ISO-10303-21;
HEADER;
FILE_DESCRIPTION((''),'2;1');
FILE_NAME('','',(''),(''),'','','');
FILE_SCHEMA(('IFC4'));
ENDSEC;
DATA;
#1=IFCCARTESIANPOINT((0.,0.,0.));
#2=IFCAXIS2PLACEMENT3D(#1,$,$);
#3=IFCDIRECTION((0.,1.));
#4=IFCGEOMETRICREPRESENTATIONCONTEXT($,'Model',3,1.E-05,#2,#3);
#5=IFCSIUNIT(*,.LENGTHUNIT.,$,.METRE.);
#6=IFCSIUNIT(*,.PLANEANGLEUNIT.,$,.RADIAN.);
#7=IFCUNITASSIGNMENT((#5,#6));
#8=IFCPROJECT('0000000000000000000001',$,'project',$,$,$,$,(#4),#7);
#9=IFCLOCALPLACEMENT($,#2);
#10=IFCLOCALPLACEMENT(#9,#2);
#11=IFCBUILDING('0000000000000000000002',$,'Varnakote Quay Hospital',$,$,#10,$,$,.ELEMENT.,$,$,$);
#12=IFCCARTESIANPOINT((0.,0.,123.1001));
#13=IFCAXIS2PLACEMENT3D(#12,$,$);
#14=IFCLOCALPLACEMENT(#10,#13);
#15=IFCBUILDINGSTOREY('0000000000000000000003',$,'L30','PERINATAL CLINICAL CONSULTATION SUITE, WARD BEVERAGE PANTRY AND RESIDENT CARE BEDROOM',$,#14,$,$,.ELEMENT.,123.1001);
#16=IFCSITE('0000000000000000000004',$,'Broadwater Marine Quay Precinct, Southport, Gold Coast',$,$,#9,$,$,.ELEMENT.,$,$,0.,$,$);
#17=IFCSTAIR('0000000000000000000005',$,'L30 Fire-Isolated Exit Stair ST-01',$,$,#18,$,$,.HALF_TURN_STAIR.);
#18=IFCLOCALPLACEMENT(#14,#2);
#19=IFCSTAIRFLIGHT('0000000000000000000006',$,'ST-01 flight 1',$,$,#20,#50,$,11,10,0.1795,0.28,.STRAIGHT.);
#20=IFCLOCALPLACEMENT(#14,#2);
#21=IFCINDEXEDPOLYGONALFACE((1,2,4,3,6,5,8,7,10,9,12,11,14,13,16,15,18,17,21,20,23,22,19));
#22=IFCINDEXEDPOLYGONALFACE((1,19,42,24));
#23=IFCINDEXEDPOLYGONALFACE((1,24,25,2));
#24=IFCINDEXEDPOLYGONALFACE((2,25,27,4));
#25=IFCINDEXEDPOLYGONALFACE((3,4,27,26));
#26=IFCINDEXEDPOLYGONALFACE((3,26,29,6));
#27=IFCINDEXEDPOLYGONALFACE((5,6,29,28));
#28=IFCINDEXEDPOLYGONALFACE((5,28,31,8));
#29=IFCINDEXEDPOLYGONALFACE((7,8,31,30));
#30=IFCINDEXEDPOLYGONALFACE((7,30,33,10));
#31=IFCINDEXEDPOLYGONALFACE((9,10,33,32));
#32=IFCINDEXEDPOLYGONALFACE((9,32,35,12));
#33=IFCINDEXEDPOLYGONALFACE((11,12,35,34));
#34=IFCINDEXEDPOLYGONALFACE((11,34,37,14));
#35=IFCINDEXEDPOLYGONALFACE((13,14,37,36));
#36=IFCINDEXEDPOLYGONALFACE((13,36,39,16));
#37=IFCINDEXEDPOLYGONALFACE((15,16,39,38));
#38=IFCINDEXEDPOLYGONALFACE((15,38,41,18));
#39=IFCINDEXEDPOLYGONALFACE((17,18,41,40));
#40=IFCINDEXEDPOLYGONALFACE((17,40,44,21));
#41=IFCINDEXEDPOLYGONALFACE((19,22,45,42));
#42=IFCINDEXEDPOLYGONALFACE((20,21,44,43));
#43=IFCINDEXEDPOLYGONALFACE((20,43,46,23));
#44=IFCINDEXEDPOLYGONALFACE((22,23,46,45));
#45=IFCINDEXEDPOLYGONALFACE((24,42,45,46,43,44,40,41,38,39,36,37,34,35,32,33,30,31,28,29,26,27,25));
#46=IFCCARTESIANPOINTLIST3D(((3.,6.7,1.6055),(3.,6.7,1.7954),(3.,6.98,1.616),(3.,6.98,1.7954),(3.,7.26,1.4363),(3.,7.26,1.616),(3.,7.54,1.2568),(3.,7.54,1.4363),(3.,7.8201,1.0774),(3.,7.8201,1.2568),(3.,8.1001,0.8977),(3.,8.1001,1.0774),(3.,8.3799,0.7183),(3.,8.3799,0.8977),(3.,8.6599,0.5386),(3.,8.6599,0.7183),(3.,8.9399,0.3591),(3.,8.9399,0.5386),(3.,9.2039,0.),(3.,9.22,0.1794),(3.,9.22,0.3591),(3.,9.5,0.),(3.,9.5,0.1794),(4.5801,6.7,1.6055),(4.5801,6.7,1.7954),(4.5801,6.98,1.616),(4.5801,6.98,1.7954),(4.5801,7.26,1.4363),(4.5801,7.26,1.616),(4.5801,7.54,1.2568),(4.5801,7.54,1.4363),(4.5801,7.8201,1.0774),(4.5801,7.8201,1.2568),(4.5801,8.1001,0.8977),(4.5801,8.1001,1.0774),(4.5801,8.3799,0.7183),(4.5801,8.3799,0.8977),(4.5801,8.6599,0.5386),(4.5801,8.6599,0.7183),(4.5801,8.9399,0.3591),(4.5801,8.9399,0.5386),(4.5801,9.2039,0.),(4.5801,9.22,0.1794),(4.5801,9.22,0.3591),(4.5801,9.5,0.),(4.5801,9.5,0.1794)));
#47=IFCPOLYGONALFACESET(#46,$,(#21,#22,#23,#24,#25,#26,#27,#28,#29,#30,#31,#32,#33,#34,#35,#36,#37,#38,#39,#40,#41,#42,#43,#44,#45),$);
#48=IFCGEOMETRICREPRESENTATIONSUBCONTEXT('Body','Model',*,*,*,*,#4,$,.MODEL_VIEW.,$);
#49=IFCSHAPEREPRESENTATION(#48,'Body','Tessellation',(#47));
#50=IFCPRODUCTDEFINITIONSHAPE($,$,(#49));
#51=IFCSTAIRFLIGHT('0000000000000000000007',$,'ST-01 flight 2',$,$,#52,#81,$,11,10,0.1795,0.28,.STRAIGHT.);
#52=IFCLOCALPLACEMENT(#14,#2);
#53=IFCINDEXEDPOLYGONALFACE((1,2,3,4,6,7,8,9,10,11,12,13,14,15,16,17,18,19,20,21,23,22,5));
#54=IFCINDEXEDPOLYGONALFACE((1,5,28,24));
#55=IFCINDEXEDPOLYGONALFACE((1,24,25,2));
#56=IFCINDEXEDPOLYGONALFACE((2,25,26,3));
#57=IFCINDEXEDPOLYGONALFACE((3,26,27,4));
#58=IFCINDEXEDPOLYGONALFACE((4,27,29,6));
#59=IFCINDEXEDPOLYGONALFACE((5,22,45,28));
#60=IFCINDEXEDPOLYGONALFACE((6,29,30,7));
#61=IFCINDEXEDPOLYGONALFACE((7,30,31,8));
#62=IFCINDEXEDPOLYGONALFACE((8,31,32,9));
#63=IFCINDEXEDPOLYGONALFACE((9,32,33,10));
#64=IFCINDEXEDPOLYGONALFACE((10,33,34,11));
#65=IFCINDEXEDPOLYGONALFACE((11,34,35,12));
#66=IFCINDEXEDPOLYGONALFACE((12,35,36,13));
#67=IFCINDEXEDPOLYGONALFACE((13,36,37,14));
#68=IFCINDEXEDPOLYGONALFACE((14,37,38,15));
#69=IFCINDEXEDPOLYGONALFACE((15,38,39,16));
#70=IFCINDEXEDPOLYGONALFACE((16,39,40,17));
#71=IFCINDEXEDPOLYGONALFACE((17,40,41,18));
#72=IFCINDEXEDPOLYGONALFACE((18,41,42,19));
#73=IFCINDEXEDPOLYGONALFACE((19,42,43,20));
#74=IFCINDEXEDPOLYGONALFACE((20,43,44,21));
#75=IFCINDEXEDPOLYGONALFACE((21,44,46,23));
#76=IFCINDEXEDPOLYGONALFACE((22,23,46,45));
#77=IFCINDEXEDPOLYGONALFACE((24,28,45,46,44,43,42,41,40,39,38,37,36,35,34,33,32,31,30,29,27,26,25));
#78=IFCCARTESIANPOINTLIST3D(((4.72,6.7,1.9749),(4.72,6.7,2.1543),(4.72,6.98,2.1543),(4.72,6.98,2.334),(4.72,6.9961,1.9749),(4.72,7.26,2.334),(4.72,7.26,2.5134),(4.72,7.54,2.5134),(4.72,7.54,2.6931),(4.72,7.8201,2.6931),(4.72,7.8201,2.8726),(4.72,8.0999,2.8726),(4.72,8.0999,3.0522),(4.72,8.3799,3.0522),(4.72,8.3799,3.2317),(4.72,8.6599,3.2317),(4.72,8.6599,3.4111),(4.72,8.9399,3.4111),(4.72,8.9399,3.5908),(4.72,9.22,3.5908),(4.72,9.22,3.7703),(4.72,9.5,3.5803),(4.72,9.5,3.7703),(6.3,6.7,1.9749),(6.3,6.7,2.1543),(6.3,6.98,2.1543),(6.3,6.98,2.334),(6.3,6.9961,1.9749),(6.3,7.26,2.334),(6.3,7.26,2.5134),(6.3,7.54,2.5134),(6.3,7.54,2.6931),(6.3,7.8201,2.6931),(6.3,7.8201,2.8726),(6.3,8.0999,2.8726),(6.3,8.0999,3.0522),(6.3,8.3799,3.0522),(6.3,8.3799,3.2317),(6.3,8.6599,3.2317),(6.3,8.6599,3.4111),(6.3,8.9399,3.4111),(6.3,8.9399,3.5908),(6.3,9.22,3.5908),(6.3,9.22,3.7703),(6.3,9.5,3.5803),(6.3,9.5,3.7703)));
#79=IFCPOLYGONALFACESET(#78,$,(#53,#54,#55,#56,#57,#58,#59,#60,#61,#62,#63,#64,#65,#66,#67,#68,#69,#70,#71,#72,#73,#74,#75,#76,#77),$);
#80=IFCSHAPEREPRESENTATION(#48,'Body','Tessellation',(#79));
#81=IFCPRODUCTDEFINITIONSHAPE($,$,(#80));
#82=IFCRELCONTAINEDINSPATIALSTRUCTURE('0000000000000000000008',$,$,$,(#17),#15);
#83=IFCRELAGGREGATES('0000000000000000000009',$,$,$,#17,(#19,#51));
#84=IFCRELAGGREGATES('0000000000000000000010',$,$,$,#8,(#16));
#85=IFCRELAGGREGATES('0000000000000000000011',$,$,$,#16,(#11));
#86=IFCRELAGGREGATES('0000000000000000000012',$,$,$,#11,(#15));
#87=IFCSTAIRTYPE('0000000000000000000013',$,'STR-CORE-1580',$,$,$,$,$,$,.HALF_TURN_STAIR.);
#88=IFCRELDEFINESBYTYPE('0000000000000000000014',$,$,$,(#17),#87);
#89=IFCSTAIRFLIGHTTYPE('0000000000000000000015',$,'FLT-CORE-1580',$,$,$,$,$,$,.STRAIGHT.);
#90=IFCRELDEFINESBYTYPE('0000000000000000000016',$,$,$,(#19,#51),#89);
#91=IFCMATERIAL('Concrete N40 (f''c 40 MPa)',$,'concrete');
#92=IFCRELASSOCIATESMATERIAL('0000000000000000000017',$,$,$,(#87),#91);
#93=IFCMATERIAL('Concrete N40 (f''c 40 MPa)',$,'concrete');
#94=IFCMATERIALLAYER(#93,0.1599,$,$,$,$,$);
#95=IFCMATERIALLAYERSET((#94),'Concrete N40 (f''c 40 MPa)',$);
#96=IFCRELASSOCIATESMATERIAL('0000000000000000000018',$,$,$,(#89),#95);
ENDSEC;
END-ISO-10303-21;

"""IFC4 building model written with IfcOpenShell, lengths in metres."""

from ifc_helpers import new_model, si_unit, direction, frame, origin, place, context, subcontext, project, spatial, polyline, outline, extrude, material, layer, layer_set, type_object, element, aggregate, save


model = new_model("IFC4")

# Units and contexts
model_context = context("Model", 3, precision=1e-05, world=origin(), true_north=direction((0.0, 1.0)))
body_context = subcontext(model_context, "Body", "Model", "MODEL_VIEW")
ifc_project = project(units=[si_unit("LENGTHUNIT", "METRE"), si_unit("PLANEANGLEUNIT", "RADIAN")], contexts=[model_context])

# Site, building, storey
site_placement = place(None, origin())
site = spatial("IfcSite", under=ifc_project, at=site_placement, Name="Broadwater Marine Quay Precinct, Southport, Gold Coast", CompositionType="ELEMENT", RefElevation=0.0)
building_placement = place(site_placement, origin())
building = spatial("IfcBuilding", under=site, at=building_placement, Name="Varnakote Quay Hospital", CompositionType="ELEMENT")
storey_placement = place(building_placement, frame((0.0, 0.0, 123.1001)))
storey = spatial("IfcBuildingStorey", under=building, at=storey_placement, Name="L30", Description="PERINATAL CLINICAL CONSULTATION SUITE, WARD BEVERAGE PANTRY AND RESIDENT CARE BEDROOM", CompositionType="ELEMENT", Elevation=123.1001)

# Stair, stair flights
ifc_material_1 = material(Name="Concrete N40 (f'c 40 MPa)", Category="concrete")
stair_type = type_object("IfcStairType", Name="STR-CORE-1580", PredefinedType="HALF_TURN_STAIR", material=ifc_material_1)
stair_placement = place(storey_placement, origin())
stair = element("IfcStair", 1, at=stair_placement, inside=storey, type_object=stair_type, Name="L30 Fire-Isolated Exit Stair ST-01", PredefinedType="HALF_TURN_STAIR")
ifc_material_2 = material(Name="Concrete N40 (f'c 40 MPa)", Category="concrete")
ifc_layer_1 = layer(ifc_material_2, 0.1599)
ifc_layer_set_1 = layer_set([ifc_layer_1], Name="Concrete N40 (f'c 40 MPa)")
stair_flight_type = type_object("IfcStairFlightType", Name="FLT-CORE-1580", PredefinedType="STRAIGHT", material=ifc_layer_set_1)
stair_flight_1_placement = place(storey_placement, frame((3.79, 9.5, 0.0), z_axis=(0.0, 0.0, 1.0), x_axis=(0.0, -1.0, 0.0)))
stair_flight_1 = element("IfcStairFlight", 2, at=stair_flight_1_placement, type_object=stair_flight_type, Name="ST-01 flight 1", NumberOfRisers=11, NumberOfTreads=10, PredefinedType="STRAIGHT", RiserHeight=0.1795, TreadLength=0.28, context=body_context, shape_type="SweptSolid", body=[
    extrude(outline(polyline([(0.0, 0.0), (0.0, 0.1794), (0.28, 0.1794), (0.28, 0.3591), (0.5601, 0.3591), (0.5601, 0.5386), (0.8401, 0.5386), (0.8401, 0.7183), (1.1201, 0.7183), (1.1201, 0.8977), (1.3999, 0.8977), (1.3999, 1.0774), (1.6799, 1.0774), (1.6799, 1.2568), (1.96, 1.2568), (1.96, 1.4363), (2.24, 1.4363), (2.24, 1.616), (2.52, 1.616), (2.52, 1.7954), (2.8, 1.7954), (2.8, 1.9751), (2.8, 1.6055), (0.2961, 0.0), (0.0, 0.0)])), frame((0.0, 0.79, 0.0), z_axis=(0.0, -1.0, 0.0), x_axis=(1.0, 0.0, 0.0)), (0.0, 0.0, 1.0), 1.5801),
])
stair_flight_2_placement = place(storey_placement, frame((5.51, 6.7, 1.9749), z_axis=(0.0, 0.0, 1.0), x_axis=(0.0, 1.0, 0.0)))
stair_flight_2 = element("IfcStairFlight", 3, at=stair_flight_2_placement, type_object=stair_flight_type, Name="ST-01 flight 2", NumberOfRisers=11, NumberOfTreads=10, PredefinedType="STRAIGHT", RiserHeight=0.1795, TreadLength=0.28, context=body_context, shape_type="SweptSolid", body=[
    extrude(outline(polyline([(0.0, 0.0), (0.0, 0.1794), (0.28, 0.1794), (0.28, 0.3591), (0.5601, 0.3591), (0.5601, 0.5386), (0.8401, 0.5386), (0.8401, 0.7183), (1.1201, 0.7183), (1.1201, 0.8977), (1.3999, 0.8977), (1.3999, 1.0774), (1.6799, 1.0774), (1.6799, 1.2568), (1.96, 1.2568), (1.96, 1.4363), (2.24, 1.4363), (2.24, 1.616), (2.52, 1.616), (2.52, 1.7954), (2.8, 1.7954), (2.8, 1.9751), (2.8, 1.6055), (0.2961, 0.0), (0.0, 0.0)])), frame((0.0, 0.79, 0.0), z_axis=(0.0, -1.0, 0.0), x_axis=(1.0, 0.0, 0.0)), (0.0, 0.0, 1.0), 1.5801),
])
aggregate(stair, [stair_flight_1, stair_flight_2])

save(model, "model.ifc")
